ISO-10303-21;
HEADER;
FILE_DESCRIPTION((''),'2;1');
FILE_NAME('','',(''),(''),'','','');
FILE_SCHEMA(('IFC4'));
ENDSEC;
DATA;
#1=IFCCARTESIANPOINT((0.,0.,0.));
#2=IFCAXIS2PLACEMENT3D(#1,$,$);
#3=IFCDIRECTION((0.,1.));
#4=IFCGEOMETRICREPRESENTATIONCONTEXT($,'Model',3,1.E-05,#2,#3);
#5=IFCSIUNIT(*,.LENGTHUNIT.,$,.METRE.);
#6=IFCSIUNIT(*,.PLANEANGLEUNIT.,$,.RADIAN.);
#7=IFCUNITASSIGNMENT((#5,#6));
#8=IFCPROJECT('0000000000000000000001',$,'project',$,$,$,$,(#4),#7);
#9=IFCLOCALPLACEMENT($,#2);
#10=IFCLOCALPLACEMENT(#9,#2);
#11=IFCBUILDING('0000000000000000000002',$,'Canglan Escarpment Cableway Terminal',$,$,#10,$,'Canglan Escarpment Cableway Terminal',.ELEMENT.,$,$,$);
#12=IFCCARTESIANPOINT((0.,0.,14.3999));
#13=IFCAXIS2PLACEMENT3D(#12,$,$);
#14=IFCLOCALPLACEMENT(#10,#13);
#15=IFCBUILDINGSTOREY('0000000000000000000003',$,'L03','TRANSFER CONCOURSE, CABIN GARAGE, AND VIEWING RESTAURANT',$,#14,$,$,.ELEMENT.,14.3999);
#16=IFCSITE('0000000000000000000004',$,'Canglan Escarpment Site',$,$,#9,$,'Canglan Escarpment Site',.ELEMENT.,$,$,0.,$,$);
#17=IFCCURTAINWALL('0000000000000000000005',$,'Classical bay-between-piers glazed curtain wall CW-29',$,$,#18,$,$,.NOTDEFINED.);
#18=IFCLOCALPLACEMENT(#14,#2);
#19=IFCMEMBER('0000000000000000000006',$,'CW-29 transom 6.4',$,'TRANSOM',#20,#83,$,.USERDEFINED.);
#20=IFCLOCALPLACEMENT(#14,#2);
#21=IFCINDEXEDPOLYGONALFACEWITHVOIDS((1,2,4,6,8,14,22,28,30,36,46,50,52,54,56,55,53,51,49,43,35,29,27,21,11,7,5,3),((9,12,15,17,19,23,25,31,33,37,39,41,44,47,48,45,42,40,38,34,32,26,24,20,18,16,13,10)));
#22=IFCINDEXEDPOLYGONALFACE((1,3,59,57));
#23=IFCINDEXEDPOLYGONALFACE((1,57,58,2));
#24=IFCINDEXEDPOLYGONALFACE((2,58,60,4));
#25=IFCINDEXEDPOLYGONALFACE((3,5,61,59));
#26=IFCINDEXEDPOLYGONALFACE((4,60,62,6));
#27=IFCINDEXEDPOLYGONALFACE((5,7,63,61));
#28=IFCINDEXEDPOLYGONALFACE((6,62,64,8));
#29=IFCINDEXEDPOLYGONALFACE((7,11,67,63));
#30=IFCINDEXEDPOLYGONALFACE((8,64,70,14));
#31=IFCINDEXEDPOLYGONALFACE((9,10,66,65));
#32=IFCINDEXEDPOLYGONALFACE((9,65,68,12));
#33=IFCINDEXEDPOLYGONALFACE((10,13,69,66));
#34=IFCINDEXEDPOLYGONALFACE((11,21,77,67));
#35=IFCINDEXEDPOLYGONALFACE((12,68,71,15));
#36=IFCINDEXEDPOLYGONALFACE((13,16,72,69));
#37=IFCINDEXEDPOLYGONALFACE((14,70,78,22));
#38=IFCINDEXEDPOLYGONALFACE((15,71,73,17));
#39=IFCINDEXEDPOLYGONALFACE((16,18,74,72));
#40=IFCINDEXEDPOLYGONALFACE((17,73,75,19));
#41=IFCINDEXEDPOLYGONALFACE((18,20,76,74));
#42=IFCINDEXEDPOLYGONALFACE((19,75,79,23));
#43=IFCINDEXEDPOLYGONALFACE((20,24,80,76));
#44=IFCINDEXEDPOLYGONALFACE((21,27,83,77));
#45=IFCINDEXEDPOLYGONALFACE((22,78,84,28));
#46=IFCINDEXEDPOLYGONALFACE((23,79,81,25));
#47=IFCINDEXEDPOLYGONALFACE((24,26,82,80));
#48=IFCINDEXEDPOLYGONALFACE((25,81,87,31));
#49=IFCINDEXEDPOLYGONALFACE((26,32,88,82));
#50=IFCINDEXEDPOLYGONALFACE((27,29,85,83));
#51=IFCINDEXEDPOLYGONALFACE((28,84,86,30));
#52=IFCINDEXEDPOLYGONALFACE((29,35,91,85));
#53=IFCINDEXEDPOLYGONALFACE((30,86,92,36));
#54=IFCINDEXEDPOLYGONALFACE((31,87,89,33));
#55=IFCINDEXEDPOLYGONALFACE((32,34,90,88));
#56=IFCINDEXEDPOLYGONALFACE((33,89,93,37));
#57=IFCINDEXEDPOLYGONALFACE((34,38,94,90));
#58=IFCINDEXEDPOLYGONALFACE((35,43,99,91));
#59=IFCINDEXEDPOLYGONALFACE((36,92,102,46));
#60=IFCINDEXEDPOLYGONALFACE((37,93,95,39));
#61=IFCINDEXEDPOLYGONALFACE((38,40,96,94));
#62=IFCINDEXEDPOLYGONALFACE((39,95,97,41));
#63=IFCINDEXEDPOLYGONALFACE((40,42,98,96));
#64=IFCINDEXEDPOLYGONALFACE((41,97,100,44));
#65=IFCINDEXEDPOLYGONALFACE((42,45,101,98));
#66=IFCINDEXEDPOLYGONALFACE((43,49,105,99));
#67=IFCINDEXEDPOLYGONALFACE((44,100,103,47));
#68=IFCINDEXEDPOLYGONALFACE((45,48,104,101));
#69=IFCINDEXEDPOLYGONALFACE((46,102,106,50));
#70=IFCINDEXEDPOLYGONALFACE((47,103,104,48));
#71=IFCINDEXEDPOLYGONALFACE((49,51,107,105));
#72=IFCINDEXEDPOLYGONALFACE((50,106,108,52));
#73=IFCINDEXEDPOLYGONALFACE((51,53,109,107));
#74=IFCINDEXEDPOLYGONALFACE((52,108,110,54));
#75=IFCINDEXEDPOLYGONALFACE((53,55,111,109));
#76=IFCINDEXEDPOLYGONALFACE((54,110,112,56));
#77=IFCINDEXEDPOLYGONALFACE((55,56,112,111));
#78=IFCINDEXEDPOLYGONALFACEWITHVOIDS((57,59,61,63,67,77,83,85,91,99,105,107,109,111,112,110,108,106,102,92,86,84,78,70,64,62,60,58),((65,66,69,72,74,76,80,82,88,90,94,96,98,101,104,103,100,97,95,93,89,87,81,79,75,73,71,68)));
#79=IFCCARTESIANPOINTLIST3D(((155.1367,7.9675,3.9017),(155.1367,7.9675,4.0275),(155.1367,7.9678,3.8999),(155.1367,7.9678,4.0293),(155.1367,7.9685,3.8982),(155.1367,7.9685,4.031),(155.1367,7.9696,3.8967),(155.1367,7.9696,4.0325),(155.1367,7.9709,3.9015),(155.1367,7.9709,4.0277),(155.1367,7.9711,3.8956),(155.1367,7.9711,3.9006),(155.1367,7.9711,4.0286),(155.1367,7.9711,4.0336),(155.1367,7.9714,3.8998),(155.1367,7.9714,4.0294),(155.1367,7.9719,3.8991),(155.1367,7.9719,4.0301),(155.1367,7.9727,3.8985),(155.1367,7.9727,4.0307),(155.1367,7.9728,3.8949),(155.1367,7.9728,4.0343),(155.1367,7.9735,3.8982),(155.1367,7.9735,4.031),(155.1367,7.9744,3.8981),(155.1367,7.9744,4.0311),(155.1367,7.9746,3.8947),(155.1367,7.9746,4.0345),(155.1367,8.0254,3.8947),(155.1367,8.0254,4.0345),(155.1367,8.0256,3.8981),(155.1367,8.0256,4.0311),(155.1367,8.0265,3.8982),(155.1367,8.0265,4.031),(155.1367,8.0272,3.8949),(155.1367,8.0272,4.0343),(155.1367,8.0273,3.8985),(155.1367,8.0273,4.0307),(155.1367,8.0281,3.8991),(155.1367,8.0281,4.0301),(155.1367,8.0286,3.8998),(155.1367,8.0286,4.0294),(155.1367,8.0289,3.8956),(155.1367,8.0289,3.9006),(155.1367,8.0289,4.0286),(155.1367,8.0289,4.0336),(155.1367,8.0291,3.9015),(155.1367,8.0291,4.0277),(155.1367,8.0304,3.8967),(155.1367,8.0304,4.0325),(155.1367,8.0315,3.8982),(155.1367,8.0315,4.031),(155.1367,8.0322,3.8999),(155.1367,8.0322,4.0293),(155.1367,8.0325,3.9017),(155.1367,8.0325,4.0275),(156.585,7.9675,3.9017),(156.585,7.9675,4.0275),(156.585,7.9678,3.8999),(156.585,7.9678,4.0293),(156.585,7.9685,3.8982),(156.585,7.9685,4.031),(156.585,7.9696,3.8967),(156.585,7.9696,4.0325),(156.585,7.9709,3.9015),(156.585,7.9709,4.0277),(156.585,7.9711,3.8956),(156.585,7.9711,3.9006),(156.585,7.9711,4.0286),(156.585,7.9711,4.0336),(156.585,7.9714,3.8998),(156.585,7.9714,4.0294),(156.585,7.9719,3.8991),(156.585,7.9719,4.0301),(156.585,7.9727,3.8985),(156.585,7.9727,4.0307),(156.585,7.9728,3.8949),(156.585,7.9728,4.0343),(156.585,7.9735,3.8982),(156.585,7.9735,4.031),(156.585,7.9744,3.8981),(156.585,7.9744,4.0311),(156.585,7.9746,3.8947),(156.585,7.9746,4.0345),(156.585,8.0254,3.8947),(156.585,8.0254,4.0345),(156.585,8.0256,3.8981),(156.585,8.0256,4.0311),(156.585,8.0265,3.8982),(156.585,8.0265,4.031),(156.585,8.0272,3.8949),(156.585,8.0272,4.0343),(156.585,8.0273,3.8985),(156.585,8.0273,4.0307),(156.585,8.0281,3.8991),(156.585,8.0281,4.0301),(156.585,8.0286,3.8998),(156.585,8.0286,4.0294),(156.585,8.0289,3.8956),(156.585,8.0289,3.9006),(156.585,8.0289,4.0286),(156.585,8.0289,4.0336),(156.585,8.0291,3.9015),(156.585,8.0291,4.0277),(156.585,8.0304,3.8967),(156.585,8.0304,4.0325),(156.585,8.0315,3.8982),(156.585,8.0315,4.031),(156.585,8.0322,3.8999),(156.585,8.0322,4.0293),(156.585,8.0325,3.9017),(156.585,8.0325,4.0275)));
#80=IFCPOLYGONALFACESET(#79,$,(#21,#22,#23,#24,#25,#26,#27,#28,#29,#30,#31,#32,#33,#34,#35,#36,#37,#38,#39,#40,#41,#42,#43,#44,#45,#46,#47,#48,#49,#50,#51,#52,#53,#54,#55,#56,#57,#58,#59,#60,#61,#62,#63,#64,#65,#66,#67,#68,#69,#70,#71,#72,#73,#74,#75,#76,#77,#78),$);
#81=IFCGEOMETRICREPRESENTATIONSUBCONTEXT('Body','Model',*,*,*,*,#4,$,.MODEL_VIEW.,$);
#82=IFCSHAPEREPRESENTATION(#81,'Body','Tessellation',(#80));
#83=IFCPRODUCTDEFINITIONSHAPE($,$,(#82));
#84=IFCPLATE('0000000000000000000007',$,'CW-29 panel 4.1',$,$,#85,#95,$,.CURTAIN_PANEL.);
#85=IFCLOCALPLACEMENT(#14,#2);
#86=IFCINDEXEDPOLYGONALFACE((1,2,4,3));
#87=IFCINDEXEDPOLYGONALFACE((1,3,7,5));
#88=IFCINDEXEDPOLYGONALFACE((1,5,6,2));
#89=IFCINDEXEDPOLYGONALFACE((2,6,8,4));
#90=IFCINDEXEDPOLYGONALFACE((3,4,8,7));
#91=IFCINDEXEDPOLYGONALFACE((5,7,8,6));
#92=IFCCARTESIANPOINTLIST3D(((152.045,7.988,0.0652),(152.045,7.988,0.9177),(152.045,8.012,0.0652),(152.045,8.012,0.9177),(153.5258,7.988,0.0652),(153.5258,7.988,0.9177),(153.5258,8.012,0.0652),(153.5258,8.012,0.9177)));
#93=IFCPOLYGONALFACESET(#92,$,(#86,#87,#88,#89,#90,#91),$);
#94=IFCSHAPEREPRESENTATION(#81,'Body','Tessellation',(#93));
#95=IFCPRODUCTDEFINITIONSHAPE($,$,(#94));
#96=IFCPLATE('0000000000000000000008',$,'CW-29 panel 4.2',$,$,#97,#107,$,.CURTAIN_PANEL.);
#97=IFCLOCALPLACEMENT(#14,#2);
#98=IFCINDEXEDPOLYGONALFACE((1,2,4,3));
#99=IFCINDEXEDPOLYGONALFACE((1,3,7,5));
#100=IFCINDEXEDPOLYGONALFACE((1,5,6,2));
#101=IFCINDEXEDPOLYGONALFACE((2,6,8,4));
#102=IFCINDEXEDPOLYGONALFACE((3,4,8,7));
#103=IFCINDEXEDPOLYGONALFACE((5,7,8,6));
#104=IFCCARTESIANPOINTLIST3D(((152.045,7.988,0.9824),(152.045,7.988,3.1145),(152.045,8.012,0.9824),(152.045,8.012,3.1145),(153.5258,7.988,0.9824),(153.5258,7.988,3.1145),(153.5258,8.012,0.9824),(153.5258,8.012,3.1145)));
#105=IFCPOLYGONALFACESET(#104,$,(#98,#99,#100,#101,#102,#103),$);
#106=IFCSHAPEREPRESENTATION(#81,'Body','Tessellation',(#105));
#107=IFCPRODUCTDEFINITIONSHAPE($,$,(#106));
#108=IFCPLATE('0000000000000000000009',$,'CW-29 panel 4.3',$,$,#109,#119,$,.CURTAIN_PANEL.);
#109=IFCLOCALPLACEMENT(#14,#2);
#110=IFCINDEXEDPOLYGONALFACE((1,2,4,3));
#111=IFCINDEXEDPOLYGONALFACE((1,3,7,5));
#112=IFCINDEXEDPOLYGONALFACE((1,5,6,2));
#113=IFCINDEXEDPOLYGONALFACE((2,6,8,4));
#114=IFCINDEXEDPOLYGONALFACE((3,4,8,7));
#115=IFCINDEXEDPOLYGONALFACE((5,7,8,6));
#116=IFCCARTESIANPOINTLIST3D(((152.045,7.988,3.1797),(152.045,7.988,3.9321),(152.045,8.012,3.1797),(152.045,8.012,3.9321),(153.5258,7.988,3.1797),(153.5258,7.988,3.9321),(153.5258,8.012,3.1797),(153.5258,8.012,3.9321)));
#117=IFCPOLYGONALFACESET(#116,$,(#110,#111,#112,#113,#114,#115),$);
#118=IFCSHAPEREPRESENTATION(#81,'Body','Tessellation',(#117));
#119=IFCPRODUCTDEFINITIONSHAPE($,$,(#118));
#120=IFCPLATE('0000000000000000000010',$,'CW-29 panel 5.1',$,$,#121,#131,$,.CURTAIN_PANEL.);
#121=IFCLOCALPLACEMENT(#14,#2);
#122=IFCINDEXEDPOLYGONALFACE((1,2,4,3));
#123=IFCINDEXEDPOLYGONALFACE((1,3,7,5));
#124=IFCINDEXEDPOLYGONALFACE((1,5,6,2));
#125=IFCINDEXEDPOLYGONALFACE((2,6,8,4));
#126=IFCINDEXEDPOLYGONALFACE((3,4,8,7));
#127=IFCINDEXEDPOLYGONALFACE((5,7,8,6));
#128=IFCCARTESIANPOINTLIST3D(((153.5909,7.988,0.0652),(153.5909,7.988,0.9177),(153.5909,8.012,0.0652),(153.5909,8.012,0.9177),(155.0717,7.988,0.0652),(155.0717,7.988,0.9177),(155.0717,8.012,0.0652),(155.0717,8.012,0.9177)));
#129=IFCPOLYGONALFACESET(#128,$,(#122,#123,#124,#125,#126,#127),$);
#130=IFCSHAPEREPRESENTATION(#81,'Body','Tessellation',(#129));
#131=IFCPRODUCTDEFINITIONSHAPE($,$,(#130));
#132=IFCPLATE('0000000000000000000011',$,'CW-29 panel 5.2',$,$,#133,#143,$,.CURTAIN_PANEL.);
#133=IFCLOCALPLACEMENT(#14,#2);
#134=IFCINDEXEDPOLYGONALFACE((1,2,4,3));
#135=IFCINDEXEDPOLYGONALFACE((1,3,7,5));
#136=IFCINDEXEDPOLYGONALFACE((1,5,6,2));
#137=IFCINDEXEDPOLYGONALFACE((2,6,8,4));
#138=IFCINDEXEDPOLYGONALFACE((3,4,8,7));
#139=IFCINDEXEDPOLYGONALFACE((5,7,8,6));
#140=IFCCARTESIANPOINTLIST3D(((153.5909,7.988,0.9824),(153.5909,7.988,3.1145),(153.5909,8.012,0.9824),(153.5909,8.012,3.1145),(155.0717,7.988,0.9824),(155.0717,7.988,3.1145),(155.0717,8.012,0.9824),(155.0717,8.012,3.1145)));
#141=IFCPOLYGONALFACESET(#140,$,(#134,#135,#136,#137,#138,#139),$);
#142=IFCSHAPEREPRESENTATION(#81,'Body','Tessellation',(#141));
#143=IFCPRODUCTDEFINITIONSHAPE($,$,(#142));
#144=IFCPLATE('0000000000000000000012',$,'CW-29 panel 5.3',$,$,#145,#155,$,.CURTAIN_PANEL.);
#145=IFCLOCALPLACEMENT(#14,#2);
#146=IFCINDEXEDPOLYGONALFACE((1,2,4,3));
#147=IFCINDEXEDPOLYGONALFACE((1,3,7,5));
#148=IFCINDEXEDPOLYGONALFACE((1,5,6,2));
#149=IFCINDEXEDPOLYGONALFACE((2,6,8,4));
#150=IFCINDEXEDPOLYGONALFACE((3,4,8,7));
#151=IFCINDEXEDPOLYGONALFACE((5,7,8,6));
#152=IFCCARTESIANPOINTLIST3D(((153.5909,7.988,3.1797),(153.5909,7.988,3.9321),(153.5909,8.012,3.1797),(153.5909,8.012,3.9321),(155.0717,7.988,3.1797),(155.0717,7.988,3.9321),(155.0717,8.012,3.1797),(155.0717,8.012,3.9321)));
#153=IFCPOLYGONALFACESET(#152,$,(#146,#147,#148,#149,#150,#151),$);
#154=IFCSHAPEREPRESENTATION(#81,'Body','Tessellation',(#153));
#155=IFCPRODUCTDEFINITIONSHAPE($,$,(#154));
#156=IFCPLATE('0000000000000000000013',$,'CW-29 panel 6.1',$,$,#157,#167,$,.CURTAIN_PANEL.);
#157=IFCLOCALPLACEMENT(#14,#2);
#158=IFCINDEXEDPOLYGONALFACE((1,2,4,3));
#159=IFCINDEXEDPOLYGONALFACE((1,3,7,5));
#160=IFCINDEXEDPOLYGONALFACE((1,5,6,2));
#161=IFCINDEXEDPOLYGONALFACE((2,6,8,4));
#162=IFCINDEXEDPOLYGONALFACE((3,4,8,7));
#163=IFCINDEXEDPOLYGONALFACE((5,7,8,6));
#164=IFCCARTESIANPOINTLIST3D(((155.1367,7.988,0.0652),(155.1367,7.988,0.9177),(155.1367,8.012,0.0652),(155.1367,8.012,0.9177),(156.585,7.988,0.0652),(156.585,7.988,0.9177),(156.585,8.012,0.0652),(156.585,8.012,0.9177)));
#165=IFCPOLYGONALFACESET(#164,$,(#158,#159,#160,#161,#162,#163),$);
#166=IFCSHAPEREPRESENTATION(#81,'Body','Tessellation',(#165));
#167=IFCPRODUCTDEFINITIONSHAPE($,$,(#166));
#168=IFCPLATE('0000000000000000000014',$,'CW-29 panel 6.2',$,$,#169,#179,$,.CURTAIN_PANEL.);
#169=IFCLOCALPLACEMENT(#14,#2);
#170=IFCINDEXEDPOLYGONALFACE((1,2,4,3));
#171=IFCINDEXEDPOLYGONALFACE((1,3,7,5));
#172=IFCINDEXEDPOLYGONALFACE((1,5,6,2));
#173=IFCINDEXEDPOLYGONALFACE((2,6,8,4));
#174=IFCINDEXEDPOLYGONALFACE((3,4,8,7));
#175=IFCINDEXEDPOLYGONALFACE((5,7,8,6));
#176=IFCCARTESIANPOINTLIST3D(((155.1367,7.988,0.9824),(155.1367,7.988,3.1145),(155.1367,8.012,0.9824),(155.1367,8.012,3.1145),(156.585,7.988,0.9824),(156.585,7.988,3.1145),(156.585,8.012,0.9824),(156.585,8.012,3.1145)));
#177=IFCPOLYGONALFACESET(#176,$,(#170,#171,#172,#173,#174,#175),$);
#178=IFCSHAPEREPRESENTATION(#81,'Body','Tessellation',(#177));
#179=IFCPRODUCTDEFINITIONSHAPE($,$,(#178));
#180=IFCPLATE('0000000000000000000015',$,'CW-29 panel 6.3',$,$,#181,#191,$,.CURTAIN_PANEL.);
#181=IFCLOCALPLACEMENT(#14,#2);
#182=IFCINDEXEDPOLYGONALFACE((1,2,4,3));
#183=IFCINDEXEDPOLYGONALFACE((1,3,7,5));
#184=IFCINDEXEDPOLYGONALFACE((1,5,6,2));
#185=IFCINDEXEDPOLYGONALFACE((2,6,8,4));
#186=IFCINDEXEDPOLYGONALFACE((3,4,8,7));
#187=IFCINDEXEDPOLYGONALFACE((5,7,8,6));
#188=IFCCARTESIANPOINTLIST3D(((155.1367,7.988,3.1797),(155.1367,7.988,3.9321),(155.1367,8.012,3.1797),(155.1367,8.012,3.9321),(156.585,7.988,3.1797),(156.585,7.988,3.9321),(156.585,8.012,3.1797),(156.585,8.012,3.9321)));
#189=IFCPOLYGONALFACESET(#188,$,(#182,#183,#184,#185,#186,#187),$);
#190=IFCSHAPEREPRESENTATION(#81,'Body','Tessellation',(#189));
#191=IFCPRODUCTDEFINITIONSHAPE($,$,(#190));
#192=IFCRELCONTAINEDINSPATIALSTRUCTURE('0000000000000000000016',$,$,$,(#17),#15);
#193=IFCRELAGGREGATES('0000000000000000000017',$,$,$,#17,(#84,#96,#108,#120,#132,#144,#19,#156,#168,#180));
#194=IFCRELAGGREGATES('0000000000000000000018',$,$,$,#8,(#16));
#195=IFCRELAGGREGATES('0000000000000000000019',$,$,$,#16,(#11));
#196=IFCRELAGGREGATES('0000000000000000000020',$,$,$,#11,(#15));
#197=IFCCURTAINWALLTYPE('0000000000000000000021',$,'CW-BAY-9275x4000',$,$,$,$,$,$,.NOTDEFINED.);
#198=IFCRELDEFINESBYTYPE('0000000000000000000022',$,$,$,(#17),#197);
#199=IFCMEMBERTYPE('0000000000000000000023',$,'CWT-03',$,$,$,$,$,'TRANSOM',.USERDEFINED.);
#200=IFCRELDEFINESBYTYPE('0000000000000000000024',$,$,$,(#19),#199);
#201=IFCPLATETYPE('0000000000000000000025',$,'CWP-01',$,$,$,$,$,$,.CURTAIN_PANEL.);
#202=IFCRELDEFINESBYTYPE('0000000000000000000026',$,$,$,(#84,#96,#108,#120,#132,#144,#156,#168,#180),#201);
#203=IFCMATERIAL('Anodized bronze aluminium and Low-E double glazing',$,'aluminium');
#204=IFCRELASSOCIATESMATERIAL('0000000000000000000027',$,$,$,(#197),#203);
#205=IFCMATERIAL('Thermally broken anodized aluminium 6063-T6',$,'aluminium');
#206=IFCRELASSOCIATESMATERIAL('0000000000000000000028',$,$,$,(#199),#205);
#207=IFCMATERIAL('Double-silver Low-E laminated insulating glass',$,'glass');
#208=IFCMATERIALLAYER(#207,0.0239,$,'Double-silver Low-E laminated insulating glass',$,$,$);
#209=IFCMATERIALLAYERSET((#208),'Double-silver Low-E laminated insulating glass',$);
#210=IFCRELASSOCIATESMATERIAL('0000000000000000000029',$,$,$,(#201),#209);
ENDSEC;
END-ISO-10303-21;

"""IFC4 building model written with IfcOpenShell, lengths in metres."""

from ifc_helpers import new_model, si_unit, direction, frame, origin, origin_2d, place, context, subcontext, project, spatial, rectangle, hollow_rectangle, extrude, material, layer, layer_set, material_profile, profile_set, type_object, element, aggregate, save


model = new_model("IFC4")

# Units and contexts
model_context = context("Model", 3, precision=1e-05, world=origin(), true_north=direction((0.0, 1.0)))
body_context = subcontext(model_context, "Body", "Model", "MODEL_VIEW")
ifc_project = project(units=[si_unit("LENGTHUNIT", "METRE"), si_unit("PLANEANGLEUNIT", "RADIAN")], contexts=[model_context])

# Site, building, storey
site_placement = place(None, origin())
site = spatial("IfcSite", under=ifc_project, at=site_placement, Name="Canglan Escarpment Site", LongName="Canglan Escarpment Site", CompositionType="ELEMENT", RefElevation=0.0)
building_placement = place(site_placement, origin())
building = spatial("IfcBuilding", under=site, at=building_placement, Name="Canglan Escarpment Cableway Terminal", LongName="Canglan Escarpment Cableway Terminal", CompositionType="ELEMENT")
storey_placement = place(building_placement, frame((0.0, 0.0, 14.3999)))
storey = spatial("IfcBuildingStorey", under=building, at=storey_placement, Name="L03", Description="TRANSFER CONCOURSE, CABIN GARAGE, AND VIEWING RESTAURANT", CompositionType="ELEMENT", Elevation=14.3999)

# Curtain wall, member, plates
ifc_material_1 = material(Name="Anodized bronze aluminium and Low-E double glazing", Category="aluminium")
curtain_wall_type = type_object("IfcCurtainWallType", Name="CW-BAY-9275x4000", PredefinedType="NOTDEFINED", material=ifc_material_1)
curtain_wall_placement = place(storey_placement, origin())
curtain_wall = element("IfcCurtainWall", 1, at=curtain_wall_placement, inside=storey, type_object=curtain_wall_type, Name="Classical bay-between-piers glazed curtain wall CW-29", PredefinedType="NOTDEFINED")
ifc_material_2 = material(Name="Thermally broken anodized aluminium 6063-T6", Category="aluminium")
ifc_material_profile_1 = material_profile(ifc_material_2, hollow_rectangle(XDim=0.0649, YDim=0.1399, WallThickness=0.0034, InnerFilletRadius=0.0034, OuterFilletRadius=0.0071, at=origin_2d()), Name="ALU-TRAN 65x140x3.5")
ifc_profile_set_1 = profile_set([ifc_material_profile_1], Name="Thermally broken anodized aluminium 6063-T6")
member_type_1 = type_object("IfcMemberType", Name="CWT-03", ElementType="TRANSOM", PredefinedType="USERDEFINED", material=ifc_profile_set_1)
member_1_placement = place(storey_placement, frame((155.1367, 8.0, 3.9646), z_axis=(1.0, 0.0, 0.0), x_axis=(0.0, 1.0, 0.0)))
member_1 = element("IfcMember", 2, at=member_1_placement, type_object=member_type_1, Name="CW-29 transom 6.4", ObjectType="TRANSOM", PredefinedType="USERDEFINED", context=body_context, shape_type="SweptSolid", body=[
    extrude(hollow_rectangle(XDim=0.0649, YDim=0.1399, WallThickness=0.0034, InnerFilletRadius=0.0034, OuterFilletRadius=0.0071, at=origin_2d()), origin(), (0.0, 0.0, 1.0), 1.4482),
])
ifc_material_3 = material(Name="Double-silver Low-E laminated insulating glass", Category="glass")
ifc_layer_1 = layer(ifc_material_3, 0.0239, Name="Double-silver Low-E laminated insulating glass")
ifc_layer_set_1 = layer_set([ifc_layer_1], Name="Double-silver Low-E laminated insulating glass")
plate_type = type_object("IfcPlateType", Name="CWP-01", PredefinedType="CURTAIN_PANEL", material=ifc_layer_set_1)
plate_1_placement = place(storey_placement, frame((152.7854, 8.0, 0.0652), z_axis=(0.0, 0.0, 1.0), x_axis=(1.0, 0.0, 0.0)))
plate_1 = element("IfcPlate", 3, at=plate_1_placement, type_object=plate_type, Name="CW-29 panel 4.1", PredefinedType="CURTAIN_PANEL", context=body_context, shape_type="SweptSolid", body=[
    extrude(rectangle(XDim=1.4807, YDim=0.0239, at=origin_2d()), origin(), (0.0, 0.0, 1.0), 0.8525),
])
plate_2_placement = place(storey_placement, frame((152.7854, 8.0, 0.9824), z_axis=(0.0, 0.0, 1.0), x_axis=(1.0, 0.0, 0.0)))
plate_2 = element("IfcPlate", 4, at=plate_2_placement, type_object=plate_type, Name="CW-29 panel 4.2", PredefinedType="CURTAIN_PANEL", context=body_context, shape_type="SweptSolid", body=[
    extrude(rectangle(XDim=1.4807, YDim=0.0239, at=origin_2d()), origin(), (0.0, 0.0, 1.0), 2.1321),
])
plate_3_placement = place(storey_placement, frame((152.7854, 8.0, 3.1797), z_axis=(0.0, 0.0, 1.0), x_axis=(1.0, 0.0, 0.0)))
plate_3 = element("IfcPlate", 5, at=plate_3_placement, type_object=plate_type, Name="CW-29 panel 4.3", PredefinedType="CURTAIN_PANEL", context=body_context, shape_type="SweptSolid", body=[
    extrude(rectangle(XDim=1.4807, YDim=0.0239, at=origin_2d()), origin(), (0.0, 0.0, 1.0), 0.7524),
])
plate_4_placement = place(storey_placement, frame((154.3313, 8.0, 0.0652), z_axis=(0.0, 0.0, 1.0), x_axis=(1.0, 0.0, 0.0)))
plate_4 = element("IfcPlate", 6, at=plate_4_placement, type_object=plate_type, Name="CW-29 panel 5.1", PredefinedType="CURTAIN_PANEL", context=body_context, shape_type="SweptSolid", body=[
    extrude(rectangle(XDim=1.4807, YDim=0.0239, at=origin_2d()), origin(), (0.0, 0.0, 1.0), 0.8525),
])
plate_5_placement = place(storey_placement, frame((154.3313, 8.0, 0.9824), z_axis=(0.0, 0.0, 1.0), x_axis=(1.0, 0.0, 0.0)))
plate_5 = element("IfcPlate", 7, at=plate_5_placement, type_object=plate_type, Name="CW-29 panel 5.2", PredefinedType="CURTAIN_PANEL", context=body_context, shape_type="SweptSolid", body=[
    extrude(rectangle(XDim=1.4807, YDim=0.0239, at=origin_2d()), origin(), (0.0, 0.0, 1.0), 2.1321),
])
plate_6_placement = place(storey_placement, frame((154.3313, 8.0, 3.1797), z_axis=(0.0, 0.0, 1.0), x_axis=(1.0, 0.0, 0.0)))
plate_6 = element("IfcPlate", 8, at=plate_6_placement, type_object=plate_type, Name="CW-29 panel 5.3", PredefinedType="CURTAIN_PANEL", context=body_context, shape_type="SweptSolid", body=[
    extrude(rectangle(XDim=1.4807, YDim=0.0239, at=origin_2d()), origin(), (0.0, 0.0, 1.0), 0.7524),
])
plate_7_placement = place(storey_placement, frame((155.8608, 8.0, 0.0652), z_axis=(0.0, 0.0, 1.0), x_axis=(1.0, 0.0, 0.0)))
plate_7 = element("IfcPlate", 9, at=plate_7_placement, type_object=plate_type, Name="CW-29 panel 6.1", PredefinedType="CURTAIN_PANEL", context=body_context, shape_type="SweptSolid", body=[
    extrude(rectangle(XDim=1.4482, YDim=0.0239, at=origin_2d()), origin(), (0.0, 0.0, 1.0), 0.8525),
])
plate_8_placement = place(storey_placement, frame((155.8608, 8.0, 0.9824), z_axis=(0.0, 0.0, 1.0), x_axis=(1.0, 0.0, 0.0)))
plate_8 = element("IfcPlate", 10, at=plate_8_placement, type_object=plate_type, Name="CW-29 panel 6.2", PredefinedType="CURTAIN_PANEL", context=body_context, shape_type="SweptSolid", body=[
    extrude(rectangle(XDim=1.4482, YDim=0.0239, at=origin_2d()), origin(), (0.0, 0.0, 1.0), 2.1321),
])
plate_9_placement = place(storey_placement, frame((155.8608, 8.0, 3.1797), z_axis=(0.0, 0.0, 1.0), x_axis=(1.0, 0.0, 0.0)))
plate_9 = element("IfcPlate", 11, at=plate_9_placement, type_object=plate_type, Name="CW-29 panel 6.3", PredefinedType="CURTAIN_PANEL", context=body_context, shape_type="SweptSolid", body=[
    extrude(rectangle(XDim=1.4482, YDim=0.0239, at=origin_2d()), origin(), (0.0, 0.0, 1.0), 0.7524),
])
aggregate(curtain_wall, [plate_1, plate_2, plate_3, plate_4, plate_5, plate_6, member_1, plate_7, plate_8, plate_9])

save(model, "model.ifc")
